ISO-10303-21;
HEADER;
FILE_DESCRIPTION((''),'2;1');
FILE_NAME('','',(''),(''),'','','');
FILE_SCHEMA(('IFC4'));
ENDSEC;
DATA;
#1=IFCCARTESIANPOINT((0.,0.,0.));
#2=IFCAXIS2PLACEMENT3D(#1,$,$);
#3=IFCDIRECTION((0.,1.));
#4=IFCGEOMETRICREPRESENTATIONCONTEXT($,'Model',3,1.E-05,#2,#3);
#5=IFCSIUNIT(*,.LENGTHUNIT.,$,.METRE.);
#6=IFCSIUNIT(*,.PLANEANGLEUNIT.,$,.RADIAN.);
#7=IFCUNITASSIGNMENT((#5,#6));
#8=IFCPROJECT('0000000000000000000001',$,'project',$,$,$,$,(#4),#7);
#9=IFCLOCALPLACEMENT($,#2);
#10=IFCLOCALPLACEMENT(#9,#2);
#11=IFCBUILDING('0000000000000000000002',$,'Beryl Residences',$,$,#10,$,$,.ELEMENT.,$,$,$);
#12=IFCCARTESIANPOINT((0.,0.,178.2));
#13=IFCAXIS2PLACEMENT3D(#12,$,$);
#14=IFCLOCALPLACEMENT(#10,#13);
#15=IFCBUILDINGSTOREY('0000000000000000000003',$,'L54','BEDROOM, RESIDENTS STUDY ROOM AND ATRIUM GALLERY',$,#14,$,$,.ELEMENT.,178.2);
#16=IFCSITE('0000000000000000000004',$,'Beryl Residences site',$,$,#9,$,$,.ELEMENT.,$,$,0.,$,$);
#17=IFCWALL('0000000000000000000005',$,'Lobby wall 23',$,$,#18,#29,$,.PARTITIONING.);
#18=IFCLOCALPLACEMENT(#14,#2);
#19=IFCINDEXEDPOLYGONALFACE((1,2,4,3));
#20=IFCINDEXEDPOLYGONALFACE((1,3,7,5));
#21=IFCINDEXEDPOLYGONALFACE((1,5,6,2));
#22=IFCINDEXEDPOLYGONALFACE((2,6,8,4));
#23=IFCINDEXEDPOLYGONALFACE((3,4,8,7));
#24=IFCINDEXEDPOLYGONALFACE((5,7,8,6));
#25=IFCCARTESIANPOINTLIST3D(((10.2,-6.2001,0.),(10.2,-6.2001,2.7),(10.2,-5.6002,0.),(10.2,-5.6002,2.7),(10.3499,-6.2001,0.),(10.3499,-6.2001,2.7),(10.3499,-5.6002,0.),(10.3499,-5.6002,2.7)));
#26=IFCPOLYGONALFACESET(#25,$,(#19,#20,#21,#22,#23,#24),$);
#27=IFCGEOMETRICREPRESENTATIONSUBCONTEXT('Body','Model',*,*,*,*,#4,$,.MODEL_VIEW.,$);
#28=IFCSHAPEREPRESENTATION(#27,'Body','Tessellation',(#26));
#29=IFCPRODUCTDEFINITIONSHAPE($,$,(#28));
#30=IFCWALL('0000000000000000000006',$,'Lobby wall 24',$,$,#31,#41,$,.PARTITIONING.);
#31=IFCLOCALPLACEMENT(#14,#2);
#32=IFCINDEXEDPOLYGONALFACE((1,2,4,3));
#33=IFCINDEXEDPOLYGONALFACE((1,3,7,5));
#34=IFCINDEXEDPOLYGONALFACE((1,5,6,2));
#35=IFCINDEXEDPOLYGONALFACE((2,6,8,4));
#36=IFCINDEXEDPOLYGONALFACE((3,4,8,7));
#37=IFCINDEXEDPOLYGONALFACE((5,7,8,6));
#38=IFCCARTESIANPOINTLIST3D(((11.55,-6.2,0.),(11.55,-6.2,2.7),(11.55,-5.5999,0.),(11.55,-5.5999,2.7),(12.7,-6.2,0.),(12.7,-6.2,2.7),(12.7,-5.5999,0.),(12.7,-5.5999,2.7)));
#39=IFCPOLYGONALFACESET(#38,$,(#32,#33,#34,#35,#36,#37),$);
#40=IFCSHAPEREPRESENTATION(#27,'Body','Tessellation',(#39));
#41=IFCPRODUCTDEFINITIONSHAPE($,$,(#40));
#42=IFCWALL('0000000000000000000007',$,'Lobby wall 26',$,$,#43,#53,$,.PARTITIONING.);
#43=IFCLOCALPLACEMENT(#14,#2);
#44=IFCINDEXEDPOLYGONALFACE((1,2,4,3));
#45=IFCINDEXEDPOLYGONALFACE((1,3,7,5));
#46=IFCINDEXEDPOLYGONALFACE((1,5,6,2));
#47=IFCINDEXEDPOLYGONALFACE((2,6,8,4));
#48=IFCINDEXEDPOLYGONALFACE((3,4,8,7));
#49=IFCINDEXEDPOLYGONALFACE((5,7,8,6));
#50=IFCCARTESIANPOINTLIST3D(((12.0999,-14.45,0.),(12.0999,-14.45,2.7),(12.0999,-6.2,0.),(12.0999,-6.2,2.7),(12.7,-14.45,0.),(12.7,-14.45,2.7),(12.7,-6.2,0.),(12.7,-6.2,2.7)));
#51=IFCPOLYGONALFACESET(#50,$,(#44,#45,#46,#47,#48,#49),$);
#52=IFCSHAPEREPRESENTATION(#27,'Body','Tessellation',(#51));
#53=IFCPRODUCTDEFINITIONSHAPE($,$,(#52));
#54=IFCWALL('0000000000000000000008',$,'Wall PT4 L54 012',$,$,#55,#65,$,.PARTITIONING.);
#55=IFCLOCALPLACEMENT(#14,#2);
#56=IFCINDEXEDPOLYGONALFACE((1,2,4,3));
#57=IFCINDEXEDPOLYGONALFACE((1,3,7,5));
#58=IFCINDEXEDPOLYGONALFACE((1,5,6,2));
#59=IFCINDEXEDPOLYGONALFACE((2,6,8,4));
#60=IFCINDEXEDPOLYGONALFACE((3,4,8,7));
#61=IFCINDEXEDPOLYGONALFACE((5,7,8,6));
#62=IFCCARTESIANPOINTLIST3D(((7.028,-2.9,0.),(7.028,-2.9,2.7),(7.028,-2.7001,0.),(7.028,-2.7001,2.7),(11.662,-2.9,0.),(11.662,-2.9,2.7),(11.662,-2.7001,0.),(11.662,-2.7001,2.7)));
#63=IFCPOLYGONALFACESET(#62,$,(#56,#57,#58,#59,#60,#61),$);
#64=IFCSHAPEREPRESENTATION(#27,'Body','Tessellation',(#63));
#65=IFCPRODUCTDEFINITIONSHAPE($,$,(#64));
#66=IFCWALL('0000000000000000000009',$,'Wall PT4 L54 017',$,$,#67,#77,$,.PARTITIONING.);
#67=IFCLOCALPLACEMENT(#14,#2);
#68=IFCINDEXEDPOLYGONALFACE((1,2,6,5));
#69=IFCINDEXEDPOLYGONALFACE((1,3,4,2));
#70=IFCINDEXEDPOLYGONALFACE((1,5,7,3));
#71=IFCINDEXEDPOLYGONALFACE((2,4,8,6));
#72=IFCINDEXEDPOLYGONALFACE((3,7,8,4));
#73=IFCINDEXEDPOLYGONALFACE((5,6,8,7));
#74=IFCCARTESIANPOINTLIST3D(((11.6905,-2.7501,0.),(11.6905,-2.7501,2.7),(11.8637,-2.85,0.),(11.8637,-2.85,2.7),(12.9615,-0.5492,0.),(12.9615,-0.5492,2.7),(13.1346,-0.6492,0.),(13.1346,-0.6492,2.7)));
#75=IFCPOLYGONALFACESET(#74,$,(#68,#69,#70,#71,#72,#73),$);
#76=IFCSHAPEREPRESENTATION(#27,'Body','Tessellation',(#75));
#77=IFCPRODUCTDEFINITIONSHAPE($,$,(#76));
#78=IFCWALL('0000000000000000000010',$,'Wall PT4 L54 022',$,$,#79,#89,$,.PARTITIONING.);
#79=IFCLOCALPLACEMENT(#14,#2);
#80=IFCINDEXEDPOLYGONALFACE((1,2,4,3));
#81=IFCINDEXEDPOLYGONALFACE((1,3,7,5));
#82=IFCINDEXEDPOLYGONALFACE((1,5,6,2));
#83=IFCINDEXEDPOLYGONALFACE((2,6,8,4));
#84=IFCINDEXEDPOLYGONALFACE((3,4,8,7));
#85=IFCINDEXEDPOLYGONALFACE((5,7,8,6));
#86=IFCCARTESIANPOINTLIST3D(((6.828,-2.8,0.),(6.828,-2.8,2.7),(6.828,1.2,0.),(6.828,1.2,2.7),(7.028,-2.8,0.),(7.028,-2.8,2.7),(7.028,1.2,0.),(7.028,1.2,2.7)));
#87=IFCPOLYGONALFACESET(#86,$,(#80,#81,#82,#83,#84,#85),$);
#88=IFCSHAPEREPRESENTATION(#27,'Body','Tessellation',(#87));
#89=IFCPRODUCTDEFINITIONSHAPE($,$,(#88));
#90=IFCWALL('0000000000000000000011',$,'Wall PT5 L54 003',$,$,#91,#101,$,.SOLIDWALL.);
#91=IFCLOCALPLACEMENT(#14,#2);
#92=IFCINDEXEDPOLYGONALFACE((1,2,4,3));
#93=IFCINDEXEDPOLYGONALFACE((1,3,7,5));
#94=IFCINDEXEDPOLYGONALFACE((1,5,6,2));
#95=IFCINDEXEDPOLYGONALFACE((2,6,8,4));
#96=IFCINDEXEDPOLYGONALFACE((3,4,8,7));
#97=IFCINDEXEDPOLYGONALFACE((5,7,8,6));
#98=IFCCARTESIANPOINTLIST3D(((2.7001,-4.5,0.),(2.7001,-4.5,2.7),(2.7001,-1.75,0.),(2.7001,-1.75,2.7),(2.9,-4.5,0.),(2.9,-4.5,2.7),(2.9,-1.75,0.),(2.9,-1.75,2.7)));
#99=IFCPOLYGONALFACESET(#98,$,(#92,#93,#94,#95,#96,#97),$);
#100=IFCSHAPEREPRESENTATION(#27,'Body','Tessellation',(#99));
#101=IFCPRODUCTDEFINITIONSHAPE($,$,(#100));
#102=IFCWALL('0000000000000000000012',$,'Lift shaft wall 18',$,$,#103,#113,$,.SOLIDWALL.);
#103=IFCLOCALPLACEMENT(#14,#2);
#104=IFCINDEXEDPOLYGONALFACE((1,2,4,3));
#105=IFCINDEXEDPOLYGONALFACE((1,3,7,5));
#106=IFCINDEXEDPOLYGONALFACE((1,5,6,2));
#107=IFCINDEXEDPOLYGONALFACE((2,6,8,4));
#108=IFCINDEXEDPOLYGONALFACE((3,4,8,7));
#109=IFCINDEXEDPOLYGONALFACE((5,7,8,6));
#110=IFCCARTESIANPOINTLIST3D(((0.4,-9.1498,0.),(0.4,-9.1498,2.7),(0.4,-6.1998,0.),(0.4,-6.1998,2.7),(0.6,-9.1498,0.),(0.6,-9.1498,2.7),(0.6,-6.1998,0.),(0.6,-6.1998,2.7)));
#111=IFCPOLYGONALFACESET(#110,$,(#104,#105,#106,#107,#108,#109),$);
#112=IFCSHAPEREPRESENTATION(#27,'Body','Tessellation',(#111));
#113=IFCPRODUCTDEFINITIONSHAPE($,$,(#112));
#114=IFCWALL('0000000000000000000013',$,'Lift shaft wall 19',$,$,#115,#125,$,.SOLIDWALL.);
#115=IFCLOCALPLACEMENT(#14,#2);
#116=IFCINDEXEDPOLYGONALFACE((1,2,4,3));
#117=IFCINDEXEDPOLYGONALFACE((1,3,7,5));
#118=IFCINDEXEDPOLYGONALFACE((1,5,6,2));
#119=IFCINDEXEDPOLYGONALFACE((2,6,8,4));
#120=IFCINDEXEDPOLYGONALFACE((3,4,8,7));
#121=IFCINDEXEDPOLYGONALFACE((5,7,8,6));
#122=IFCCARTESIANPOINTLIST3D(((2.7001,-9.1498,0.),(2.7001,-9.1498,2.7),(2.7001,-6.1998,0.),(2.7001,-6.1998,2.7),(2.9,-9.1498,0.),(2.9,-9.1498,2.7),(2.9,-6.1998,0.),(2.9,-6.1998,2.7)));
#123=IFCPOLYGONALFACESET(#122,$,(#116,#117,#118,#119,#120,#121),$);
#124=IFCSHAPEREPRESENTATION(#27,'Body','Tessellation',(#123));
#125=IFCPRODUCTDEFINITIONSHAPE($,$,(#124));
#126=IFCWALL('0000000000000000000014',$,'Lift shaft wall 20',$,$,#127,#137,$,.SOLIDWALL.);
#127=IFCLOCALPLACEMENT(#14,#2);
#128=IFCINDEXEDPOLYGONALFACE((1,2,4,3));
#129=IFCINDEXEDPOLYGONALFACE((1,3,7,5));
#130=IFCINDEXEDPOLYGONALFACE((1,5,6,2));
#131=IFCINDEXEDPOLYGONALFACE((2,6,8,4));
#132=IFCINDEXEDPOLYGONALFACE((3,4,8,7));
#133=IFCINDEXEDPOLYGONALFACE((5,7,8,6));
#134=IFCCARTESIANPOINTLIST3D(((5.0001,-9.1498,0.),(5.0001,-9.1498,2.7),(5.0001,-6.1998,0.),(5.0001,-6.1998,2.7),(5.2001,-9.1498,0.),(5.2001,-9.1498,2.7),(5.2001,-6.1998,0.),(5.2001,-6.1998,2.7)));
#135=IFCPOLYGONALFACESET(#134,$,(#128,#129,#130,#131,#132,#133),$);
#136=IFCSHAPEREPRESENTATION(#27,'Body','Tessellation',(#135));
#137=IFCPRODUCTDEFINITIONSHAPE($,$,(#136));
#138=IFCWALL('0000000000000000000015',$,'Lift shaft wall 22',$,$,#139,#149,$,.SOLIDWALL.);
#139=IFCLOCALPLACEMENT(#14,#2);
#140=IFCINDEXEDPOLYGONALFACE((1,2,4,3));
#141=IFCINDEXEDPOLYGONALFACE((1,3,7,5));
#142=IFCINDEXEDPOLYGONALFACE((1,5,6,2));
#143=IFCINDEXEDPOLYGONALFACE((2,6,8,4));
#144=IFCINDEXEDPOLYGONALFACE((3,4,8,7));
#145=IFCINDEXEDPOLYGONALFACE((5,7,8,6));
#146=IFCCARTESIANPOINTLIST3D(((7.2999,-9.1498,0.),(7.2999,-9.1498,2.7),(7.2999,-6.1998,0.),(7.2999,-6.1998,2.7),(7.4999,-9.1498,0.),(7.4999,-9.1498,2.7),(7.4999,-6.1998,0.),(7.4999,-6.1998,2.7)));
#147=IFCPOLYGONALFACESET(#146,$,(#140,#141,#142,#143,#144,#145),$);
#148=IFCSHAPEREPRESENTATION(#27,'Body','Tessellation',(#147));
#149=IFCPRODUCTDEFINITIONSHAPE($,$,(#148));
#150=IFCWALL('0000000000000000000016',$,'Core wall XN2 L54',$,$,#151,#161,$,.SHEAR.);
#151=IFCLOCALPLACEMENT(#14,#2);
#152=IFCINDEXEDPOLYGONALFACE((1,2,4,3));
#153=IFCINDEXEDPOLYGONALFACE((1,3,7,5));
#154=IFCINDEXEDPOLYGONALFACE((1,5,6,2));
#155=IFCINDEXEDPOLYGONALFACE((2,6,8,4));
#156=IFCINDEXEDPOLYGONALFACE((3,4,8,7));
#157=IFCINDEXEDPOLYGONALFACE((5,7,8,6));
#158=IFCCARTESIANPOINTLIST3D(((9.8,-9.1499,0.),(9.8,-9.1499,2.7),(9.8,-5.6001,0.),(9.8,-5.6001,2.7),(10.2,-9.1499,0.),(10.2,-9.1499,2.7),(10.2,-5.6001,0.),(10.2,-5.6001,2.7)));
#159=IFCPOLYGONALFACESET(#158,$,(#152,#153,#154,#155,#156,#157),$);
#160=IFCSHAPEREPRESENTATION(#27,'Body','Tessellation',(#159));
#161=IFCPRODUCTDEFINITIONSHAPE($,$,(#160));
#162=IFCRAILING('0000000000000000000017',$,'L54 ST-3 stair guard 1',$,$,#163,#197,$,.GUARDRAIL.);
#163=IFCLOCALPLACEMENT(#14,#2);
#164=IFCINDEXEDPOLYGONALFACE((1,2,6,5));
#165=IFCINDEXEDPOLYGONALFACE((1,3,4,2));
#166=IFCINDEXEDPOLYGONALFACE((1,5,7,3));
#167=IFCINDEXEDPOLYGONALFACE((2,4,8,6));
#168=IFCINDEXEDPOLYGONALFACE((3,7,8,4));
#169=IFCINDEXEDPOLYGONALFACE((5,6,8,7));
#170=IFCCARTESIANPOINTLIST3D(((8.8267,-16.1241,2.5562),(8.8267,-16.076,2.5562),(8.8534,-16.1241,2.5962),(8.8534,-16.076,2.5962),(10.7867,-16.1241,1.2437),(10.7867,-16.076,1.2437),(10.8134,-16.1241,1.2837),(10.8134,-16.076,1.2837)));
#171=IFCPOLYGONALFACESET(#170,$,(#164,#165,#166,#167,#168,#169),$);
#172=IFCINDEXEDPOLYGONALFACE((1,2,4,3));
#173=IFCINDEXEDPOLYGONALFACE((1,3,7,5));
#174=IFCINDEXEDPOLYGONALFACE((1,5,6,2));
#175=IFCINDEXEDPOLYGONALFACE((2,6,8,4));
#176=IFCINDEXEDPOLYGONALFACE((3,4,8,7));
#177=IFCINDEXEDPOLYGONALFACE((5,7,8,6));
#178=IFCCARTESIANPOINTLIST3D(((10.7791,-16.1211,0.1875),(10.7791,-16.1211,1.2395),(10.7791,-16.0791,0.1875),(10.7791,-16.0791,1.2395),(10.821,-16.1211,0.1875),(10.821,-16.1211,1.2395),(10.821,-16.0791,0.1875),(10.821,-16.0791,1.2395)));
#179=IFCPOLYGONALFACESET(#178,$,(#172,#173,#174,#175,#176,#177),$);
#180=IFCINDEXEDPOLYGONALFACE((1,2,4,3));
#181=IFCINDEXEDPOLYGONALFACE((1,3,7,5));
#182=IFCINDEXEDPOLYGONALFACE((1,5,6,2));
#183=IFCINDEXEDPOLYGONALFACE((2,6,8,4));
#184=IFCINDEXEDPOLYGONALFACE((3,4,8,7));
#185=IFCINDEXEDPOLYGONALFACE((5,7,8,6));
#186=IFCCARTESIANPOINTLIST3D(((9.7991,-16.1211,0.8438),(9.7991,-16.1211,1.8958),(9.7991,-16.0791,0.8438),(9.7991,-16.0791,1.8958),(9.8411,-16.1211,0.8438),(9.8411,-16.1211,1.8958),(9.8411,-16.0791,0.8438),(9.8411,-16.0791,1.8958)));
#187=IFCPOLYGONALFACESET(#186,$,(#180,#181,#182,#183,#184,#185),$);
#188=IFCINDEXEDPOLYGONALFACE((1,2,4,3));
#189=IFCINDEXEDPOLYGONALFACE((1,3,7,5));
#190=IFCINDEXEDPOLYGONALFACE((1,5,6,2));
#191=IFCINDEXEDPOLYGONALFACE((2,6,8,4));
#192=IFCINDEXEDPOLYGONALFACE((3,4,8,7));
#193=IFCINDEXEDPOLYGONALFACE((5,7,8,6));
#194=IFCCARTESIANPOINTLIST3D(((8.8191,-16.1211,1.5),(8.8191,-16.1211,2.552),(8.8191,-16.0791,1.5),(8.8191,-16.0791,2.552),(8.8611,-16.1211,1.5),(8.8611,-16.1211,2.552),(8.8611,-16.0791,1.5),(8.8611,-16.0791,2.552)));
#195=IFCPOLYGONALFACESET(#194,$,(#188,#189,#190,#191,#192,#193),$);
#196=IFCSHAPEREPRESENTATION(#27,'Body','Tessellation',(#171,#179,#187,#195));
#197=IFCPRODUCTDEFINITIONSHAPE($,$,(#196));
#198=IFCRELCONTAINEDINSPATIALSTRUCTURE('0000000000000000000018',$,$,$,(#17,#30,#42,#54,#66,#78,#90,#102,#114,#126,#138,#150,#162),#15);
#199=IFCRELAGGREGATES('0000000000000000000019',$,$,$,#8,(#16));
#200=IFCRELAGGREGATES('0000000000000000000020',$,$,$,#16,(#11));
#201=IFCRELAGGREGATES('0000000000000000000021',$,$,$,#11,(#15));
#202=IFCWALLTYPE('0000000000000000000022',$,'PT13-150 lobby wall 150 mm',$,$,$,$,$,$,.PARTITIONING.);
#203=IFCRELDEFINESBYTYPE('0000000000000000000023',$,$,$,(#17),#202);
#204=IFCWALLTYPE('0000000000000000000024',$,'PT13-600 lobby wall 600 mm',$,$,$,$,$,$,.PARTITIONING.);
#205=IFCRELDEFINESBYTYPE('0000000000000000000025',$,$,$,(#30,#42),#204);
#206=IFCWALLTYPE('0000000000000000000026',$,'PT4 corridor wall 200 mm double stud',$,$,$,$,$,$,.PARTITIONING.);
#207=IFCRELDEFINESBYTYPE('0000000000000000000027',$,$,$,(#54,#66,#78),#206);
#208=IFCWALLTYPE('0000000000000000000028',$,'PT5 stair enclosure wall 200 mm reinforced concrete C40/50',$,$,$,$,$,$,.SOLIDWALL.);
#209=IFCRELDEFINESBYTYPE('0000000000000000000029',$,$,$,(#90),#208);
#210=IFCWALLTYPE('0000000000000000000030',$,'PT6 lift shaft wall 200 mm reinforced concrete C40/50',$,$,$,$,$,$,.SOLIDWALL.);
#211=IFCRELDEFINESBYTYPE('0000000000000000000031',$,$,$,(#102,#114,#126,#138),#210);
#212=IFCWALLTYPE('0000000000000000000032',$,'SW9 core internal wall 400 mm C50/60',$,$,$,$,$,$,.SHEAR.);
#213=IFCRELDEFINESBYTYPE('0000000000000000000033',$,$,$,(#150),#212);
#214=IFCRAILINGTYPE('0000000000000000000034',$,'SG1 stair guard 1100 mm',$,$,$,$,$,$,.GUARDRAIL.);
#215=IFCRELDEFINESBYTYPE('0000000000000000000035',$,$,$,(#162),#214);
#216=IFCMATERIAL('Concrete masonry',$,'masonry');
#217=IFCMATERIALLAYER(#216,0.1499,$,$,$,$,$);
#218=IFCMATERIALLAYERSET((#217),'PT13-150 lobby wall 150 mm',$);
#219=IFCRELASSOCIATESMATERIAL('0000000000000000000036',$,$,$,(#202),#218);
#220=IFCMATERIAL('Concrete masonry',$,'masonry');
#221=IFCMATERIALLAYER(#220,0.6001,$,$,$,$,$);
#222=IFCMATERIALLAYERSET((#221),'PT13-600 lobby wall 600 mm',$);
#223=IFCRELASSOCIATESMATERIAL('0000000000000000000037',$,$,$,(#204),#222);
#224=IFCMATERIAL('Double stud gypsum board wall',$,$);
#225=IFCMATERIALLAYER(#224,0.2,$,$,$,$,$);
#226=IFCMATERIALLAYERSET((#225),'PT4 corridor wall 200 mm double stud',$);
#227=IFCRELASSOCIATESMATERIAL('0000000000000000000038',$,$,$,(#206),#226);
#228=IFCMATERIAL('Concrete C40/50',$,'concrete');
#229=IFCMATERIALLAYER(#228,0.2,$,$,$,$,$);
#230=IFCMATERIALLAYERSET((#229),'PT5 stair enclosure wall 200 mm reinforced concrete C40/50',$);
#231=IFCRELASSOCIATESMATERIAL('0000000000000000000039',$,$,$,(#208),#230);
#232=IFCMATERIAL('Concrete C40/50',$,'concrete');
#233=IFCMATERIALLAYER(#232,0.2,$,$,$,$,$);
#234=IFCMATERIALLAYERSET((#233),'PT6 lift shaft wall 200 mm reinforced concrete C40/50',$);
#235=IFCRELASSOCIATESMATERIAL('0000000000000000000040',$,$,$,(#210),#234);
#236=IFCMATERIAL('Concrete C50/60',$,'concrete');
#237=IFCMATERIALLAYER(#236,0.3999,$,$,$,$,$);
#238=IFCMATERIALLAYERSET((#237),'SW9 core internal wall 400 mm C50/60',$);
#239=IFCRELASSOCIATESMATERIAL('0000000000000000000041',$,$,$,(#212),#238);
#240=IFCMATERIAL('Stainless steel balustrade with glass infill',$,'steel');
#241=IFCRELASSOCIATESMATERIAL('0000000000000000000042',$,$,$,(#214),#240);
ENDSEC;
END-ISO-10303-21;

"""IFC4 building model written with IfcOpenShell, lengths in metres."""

from ifc_helpers import new_model, si_unit, direction, frame, frame_2d, origin, origin_2d, place, context, subcontext, project, spatial, rectangle, extrude, material, layer, layer_set, type_object, element, save


model = new_model("IFC4")

# Units and contexts
model_context = context("Model", 3, precision=1e-05, world=origin(), true_north=direction((0.0, 1.0)))
body_context = subcontext(model_context, "Body", "Model", "MODEL_VIEW")
ifc_project = project(units=[si_unit("LENGTHUNIT", "METRE"), si_unit("PLANEANGLEUNIT", "RADIAN")], contexts=[model_context])

# Site, building, storey
site_placement = place(None, origin())
site = spatial("IfcSite", under=ifc_project, at=site_placement, Name="Beryl Residences site", CompositionType="ELEMENT", RefElevation=0.0)
building_placement = place(site_placement, origin())
building = spatial("IfcBuilding", under=site, at=building_placement, Name="Beryl Residences", CompositionType="ELEMENT")
storey_placement = place(building_placement, frame((0.0, 0.0, 178.2)))
storey = spatial("IfcBuildingStorey", under=building, at=storey_placement, Name="L54", Description="BEDROOM, RESIDENTS STUDY ROOM AND ATRIUM GALLERY", CompositionType="ELEMENT", Elevation=178.2)

# Walls
ifc_material_1 = material(Name="Concrete masonry", Category="masonry")
ifc_layer_1 = layer(ifc_material_1, 0.1499)
ifc_layer_set_1 = layer_set([ifc_layer_1], Name="PT13-150 lobby wall 150 mm")
wall_type_1 = type_object("IfcWallType", Name="PT13-150 lobby wall 150 mm", PredefinedType="PARTITIONING", material=ifc_layer_set_1)
wall_1_placement = place(storey_placement, frame((10.2749, -6.2, 0.0), z_axis=(0.0, 0.0, 1.0), x_axis=(0.0, 1.0, 0.0)))
element("IfcWall", 1, at=wall_1_placement, inside=storey, type_object=wall_type_1, Name="Lobby wall 23", PredefinedType="PARTITIONING", context=body_context, shape_type="SweptSolid", body=[
    extrude(rectangle(XDim=0.5999, YDim=0.1499, at=frame_2d((0.2998, 0.0))), origin(), (0.0, 0.0, 1.0), 2.7),
])
ifc_material_2 = material(Name="Concrete masonry", Category="masonry")
ifc_layer_2 = layer(ifc_material_2, 0.6001)
ifc_layer_set_2 = layer_set([ifc_layer_2], Name="PT13-600 lobby wall 600 mm")
wall_type_2 = type_object("IfcWallType", Name="PT13-600 lobby wall 600 mm", PredefinedType="PARTITIONING", material=ifc_layer_set_2)
wall_2_placement = place(storey_placement, frame((11.55, -5.8999, 0.0), z_axis=(0.0, 0.0, 1.0), x_axis=(1.0, 0.0, 0.0)))
element("IfcWall", 2, at=wall_2_placement, inside=storey, type_object=wall_type_2, Name="Lobby wall 24", PredefinedType="PARTITIONING", context=body_context, shape_type="SweptSolid", body=[
    extrude(rectangle(XDim=1.1499, YDim=0.6001, at=frame_2d((0.575, 0.0))), origin(), (0.0, 0.0, 1.0), 2.7),
])
wall_3_placement = place(storey_placement, frame((12.3999, -14.45, 0.0), z_axis=(0.0, 0.0, 1.0), x_axis=(0.0, 1.0, 0.0)))
element("IfcWall", 3, at=wall_3_placement, inside=storey, type_object=wall_type_2, Name="Lobby wall 26", PredefinedType="PARTITIONING", context=body_context, shape_type="SweptSolid", body=[
    extrude(rectangle(XDim=8.25, YDim=0.6001, at=frame_2d((4.125, 0.0))), origin(), (0.0, 0.0, 1.0), 2.7),
])
ifc_material_3 = material(Name="Double stud gypsum board wall")
ifc_layer_3 = layer(ifc_material_3, 0.2)
ifc_layer_set_3 = layer_set([ifc_layer_3], Name="PT4 corridor wall 200 mm double stud")
wall_type_3 = type_object("IfcWallType", Name="PT4 corridor wall 200 mm double stud", PredefinedType="PARTITIONING", material=ifc_layer_set_3)
wall_4_placement = place(storey_placement, frame((7.0281, -2.8, 0.0), z_axis=(0.0, 0.0, 1.0), x_axis=(1.0, 0.0, 0.0)))
element("IfcWall", 4, at=wall_4_placement, inside=storey, type_object=wall_type_3, Name="Wall PT4 L54 012", PredefinedType="PARTITIONING", context=body_context, shape_type="SweptSolid", body=[
    extrude(rectangle(XDim=4.634, YDim=0.2, at=frame_2d((2.3169, 0.0))), origin(), (0.0, 0.0, 1.0), 2.7),
])
wall_5_placement = place(storey_placement, frame((11.7771, -2.8, 0.0), z_axis=(0.0, 0.0, 1.0), x_axis=(0.500086, 0.865976, 0.0)))
element("IfcWall", 5, at=wall_5_placement, inside=storey, type_object=wall_type_3, Name="Wall PT4 L54 017", PredefinedType="PARTITIONING", context=body_context, shape_type="SweptSolid", body=[
    extrude(rectangle(XDim=2.5415, YDim=0.2, at=frame_2d((1.2708, 0.0))), origin(), (0.0, 0.0, 1.0), 2.7),
])
wall_6_placement = place(storey_placement, frame((6.928, -2.8, 0.0), z_axis=(0.0, 0.0, 1.0), x_axis=(0.0, 1.0, 0.0)))
element("IfcWall", 6, at=wall_6_placement, inside=storey, type_object=wall_type_3, Name="Wall PT4 L54 022", PredefinedType="PARTITIONING", context=body_context, shape_type="SweptSolid", body=[
    extrude(rectangle(XDim=4.0, YDim=0.2, at=frame_2d((2.0, 0.0))), origin(), (0.0, 0.0, 1.0), 2.7),
])
ifc_material_4 = material(Name="Concrete C40/50", Category="concrete")
ifc_layer_4 = layer(ifc_material_4, 0.2)
ifc_layer_set_4 = layer_set([ifc_layer_4], Name="PT5 stair enclosure wall 200 mm reinforced concrete C40/50")
wall_type_4 = type_object("IfcWallType", Name="PT5 stair enclosure wall 200 mm reinforced concrete C40/50", PredefinedType="SOLIDWALL", material=ifc_layer_set_4)
wall_7_placement = place(storey_placement, frame((2.8, -4.5, 0.0), z_axis=(0.0, 0.0, 1.0), x_axis=(0.0, 1.0, 0.0)))
element("IfcWall", 7, at=wall_7_placement, inside=storey, type_object=wall_type_4, Name="Wall PT5 L54 003", PredefinedType="SOLIDWALL", context=body_context, shape_type="SweptSolid", body=[
    extrude(rectangle(XDim=2.75, YDim=0.2, at=frame_2d((1.375, 0.0))), origin(), (0.0, 0.0, 1.0), 2.7),
])
ifc_material_5 = material(Name="Concrete C40/50", Category="concrete")
ifc_layer_5 = layer(ifc_material_5, 0.2)
ifc_layer_set_5 = layer_set([ifc_layer_5], Name="PT6 lift shaft wall 200 mm reinforced concrete C40/50")
wall_type_5 = type_object("IfcWallType", Name="PT6 lift shaft wall 200 mm reinforced concrete C40/50", PredefinedType="SOLIDWALL", material=ifc_layer_set_5)
for number, where, z_axis, x_axis, name in (
    (8, (0.5, -9.1499, 0.0), (0.0, 0.0, 1.0), (0.0, 1.0, 0.0), "Lift shaft wall 18"),
    (9, (2.8, -9.1499, 0.0), (0.0, 0.0, 1.0), (0.0, 1.0, 0.0), "Lift shaft wall 19"),
    (10, (5.1001, -9.1499, 0.0), (0.0, 0.0, 1.0), (0.0, 1.0, 0.0), "Lift shaft wall 20"),
    (11, (7.3999, -9.1499, 0.0), (0.0, 0.0, 1.0), (0.0, 1.0, 0.0), "Lift shaft wall 22"),
):
    element("IfcWall", number, at=place(storey_placement, frame(where, z_axis=z_axis, x_axis=x_axis)), inside=storey, type_object=wall_type_5, Name=name, PredefinedType="SOLIDWALL", context=body_context, shape_type="SweptSolid", body=[
        extrude(rectangle(XDim=2.95, YDim=0.2, at=frame_2d((1.4751, 0.0))), origin(), (0.0, 0.0, 1.0), 2.7),
    ])
ifc_material_6 = material(Name="Concrete C50/60", Category="concrete")
ifc_layer_6 = layer(ifc_material_6, 0.3999)
ifc_layer_set_6 = layer_set([ifc_layer_6], Name="SW9 core internal wall 400 mm C50/60")
wall_type_6 = type_object("IfcWallType", Name="SW9 core internal wall 400 mm C50/60", PredefinedType="SHEAR", material=ifc_layer_set_6)
wall_8_placement = place(storey_placement, frame((10.0, -9.1499, 0.0), z_axis=(0.0, 0.0, 1.0), x_axis=(0.0, 1.0, 0.0)))
element("IfcWall", 12, at=wall_8_placement, inside=storey, type_object=wall_type_6, Name="Core wall XN2 L54", PredefinedType="SHEAR", context=body_context, shape_type="SweptSolid", body=[
    extrude(rectangle(XDim=3.5498, YDim=0.3999, at=frame_2d((1.7749, 0.0))), origin(), (0.0, 0.0, 1.0), 2.7),
])

# Railing
ifc_material_7 = material(Name="Stainless steel balustrade with glass infill", Category="steel")
railing_type_1 = type_object("IfcRailingType", Name="SG1 stair guard 1100 mm", PredefinedType="GUARDRAIL", material=ifc_material_7)
railing_1_placement = place(storey_placement, frame((10.8, -16.1001, 0.1875)))
element("IfcRailing", 13, at=railing_1_placement, inside=storey, type_object=railing_type_1, Name="L54 ST-3 stair guard 1", PredefinedType="GUARDRAIL", context=body_context, shape_type="SweptSolid", body=[
    extrude(rectangle(XDim=0.0481, YDim=0.0481, at=origin_2d()), frame((0.0, 0.0, 1.0762), z_axis=(-0.830902, 0.0, 0.556419), x_axis=(0.0, -1.0, 0.0)), (0.0, 0.0, 1.0), 2.3589),
    extrude(rectangle(XDim=0.042, YDim=0.042, at=origin_2d()), origin(), (0.0, 0.0, 1.0), 1.052),
    extrude(rectangle(XDim=0.042, YDim=0.042, at=origin_2d()), frame((-0.98, 0.0, 0.6562)), (0.0, 0.0, 1.0), 1.052),
    extrude(rectangle(XDim=0.042, YDim=0.042, at=origin_2d()), frame((-1.96, 0.0, 1.3125)), (0.0, 0.0, 1.0), 1.052),
])

save(model, "model.ifc")
